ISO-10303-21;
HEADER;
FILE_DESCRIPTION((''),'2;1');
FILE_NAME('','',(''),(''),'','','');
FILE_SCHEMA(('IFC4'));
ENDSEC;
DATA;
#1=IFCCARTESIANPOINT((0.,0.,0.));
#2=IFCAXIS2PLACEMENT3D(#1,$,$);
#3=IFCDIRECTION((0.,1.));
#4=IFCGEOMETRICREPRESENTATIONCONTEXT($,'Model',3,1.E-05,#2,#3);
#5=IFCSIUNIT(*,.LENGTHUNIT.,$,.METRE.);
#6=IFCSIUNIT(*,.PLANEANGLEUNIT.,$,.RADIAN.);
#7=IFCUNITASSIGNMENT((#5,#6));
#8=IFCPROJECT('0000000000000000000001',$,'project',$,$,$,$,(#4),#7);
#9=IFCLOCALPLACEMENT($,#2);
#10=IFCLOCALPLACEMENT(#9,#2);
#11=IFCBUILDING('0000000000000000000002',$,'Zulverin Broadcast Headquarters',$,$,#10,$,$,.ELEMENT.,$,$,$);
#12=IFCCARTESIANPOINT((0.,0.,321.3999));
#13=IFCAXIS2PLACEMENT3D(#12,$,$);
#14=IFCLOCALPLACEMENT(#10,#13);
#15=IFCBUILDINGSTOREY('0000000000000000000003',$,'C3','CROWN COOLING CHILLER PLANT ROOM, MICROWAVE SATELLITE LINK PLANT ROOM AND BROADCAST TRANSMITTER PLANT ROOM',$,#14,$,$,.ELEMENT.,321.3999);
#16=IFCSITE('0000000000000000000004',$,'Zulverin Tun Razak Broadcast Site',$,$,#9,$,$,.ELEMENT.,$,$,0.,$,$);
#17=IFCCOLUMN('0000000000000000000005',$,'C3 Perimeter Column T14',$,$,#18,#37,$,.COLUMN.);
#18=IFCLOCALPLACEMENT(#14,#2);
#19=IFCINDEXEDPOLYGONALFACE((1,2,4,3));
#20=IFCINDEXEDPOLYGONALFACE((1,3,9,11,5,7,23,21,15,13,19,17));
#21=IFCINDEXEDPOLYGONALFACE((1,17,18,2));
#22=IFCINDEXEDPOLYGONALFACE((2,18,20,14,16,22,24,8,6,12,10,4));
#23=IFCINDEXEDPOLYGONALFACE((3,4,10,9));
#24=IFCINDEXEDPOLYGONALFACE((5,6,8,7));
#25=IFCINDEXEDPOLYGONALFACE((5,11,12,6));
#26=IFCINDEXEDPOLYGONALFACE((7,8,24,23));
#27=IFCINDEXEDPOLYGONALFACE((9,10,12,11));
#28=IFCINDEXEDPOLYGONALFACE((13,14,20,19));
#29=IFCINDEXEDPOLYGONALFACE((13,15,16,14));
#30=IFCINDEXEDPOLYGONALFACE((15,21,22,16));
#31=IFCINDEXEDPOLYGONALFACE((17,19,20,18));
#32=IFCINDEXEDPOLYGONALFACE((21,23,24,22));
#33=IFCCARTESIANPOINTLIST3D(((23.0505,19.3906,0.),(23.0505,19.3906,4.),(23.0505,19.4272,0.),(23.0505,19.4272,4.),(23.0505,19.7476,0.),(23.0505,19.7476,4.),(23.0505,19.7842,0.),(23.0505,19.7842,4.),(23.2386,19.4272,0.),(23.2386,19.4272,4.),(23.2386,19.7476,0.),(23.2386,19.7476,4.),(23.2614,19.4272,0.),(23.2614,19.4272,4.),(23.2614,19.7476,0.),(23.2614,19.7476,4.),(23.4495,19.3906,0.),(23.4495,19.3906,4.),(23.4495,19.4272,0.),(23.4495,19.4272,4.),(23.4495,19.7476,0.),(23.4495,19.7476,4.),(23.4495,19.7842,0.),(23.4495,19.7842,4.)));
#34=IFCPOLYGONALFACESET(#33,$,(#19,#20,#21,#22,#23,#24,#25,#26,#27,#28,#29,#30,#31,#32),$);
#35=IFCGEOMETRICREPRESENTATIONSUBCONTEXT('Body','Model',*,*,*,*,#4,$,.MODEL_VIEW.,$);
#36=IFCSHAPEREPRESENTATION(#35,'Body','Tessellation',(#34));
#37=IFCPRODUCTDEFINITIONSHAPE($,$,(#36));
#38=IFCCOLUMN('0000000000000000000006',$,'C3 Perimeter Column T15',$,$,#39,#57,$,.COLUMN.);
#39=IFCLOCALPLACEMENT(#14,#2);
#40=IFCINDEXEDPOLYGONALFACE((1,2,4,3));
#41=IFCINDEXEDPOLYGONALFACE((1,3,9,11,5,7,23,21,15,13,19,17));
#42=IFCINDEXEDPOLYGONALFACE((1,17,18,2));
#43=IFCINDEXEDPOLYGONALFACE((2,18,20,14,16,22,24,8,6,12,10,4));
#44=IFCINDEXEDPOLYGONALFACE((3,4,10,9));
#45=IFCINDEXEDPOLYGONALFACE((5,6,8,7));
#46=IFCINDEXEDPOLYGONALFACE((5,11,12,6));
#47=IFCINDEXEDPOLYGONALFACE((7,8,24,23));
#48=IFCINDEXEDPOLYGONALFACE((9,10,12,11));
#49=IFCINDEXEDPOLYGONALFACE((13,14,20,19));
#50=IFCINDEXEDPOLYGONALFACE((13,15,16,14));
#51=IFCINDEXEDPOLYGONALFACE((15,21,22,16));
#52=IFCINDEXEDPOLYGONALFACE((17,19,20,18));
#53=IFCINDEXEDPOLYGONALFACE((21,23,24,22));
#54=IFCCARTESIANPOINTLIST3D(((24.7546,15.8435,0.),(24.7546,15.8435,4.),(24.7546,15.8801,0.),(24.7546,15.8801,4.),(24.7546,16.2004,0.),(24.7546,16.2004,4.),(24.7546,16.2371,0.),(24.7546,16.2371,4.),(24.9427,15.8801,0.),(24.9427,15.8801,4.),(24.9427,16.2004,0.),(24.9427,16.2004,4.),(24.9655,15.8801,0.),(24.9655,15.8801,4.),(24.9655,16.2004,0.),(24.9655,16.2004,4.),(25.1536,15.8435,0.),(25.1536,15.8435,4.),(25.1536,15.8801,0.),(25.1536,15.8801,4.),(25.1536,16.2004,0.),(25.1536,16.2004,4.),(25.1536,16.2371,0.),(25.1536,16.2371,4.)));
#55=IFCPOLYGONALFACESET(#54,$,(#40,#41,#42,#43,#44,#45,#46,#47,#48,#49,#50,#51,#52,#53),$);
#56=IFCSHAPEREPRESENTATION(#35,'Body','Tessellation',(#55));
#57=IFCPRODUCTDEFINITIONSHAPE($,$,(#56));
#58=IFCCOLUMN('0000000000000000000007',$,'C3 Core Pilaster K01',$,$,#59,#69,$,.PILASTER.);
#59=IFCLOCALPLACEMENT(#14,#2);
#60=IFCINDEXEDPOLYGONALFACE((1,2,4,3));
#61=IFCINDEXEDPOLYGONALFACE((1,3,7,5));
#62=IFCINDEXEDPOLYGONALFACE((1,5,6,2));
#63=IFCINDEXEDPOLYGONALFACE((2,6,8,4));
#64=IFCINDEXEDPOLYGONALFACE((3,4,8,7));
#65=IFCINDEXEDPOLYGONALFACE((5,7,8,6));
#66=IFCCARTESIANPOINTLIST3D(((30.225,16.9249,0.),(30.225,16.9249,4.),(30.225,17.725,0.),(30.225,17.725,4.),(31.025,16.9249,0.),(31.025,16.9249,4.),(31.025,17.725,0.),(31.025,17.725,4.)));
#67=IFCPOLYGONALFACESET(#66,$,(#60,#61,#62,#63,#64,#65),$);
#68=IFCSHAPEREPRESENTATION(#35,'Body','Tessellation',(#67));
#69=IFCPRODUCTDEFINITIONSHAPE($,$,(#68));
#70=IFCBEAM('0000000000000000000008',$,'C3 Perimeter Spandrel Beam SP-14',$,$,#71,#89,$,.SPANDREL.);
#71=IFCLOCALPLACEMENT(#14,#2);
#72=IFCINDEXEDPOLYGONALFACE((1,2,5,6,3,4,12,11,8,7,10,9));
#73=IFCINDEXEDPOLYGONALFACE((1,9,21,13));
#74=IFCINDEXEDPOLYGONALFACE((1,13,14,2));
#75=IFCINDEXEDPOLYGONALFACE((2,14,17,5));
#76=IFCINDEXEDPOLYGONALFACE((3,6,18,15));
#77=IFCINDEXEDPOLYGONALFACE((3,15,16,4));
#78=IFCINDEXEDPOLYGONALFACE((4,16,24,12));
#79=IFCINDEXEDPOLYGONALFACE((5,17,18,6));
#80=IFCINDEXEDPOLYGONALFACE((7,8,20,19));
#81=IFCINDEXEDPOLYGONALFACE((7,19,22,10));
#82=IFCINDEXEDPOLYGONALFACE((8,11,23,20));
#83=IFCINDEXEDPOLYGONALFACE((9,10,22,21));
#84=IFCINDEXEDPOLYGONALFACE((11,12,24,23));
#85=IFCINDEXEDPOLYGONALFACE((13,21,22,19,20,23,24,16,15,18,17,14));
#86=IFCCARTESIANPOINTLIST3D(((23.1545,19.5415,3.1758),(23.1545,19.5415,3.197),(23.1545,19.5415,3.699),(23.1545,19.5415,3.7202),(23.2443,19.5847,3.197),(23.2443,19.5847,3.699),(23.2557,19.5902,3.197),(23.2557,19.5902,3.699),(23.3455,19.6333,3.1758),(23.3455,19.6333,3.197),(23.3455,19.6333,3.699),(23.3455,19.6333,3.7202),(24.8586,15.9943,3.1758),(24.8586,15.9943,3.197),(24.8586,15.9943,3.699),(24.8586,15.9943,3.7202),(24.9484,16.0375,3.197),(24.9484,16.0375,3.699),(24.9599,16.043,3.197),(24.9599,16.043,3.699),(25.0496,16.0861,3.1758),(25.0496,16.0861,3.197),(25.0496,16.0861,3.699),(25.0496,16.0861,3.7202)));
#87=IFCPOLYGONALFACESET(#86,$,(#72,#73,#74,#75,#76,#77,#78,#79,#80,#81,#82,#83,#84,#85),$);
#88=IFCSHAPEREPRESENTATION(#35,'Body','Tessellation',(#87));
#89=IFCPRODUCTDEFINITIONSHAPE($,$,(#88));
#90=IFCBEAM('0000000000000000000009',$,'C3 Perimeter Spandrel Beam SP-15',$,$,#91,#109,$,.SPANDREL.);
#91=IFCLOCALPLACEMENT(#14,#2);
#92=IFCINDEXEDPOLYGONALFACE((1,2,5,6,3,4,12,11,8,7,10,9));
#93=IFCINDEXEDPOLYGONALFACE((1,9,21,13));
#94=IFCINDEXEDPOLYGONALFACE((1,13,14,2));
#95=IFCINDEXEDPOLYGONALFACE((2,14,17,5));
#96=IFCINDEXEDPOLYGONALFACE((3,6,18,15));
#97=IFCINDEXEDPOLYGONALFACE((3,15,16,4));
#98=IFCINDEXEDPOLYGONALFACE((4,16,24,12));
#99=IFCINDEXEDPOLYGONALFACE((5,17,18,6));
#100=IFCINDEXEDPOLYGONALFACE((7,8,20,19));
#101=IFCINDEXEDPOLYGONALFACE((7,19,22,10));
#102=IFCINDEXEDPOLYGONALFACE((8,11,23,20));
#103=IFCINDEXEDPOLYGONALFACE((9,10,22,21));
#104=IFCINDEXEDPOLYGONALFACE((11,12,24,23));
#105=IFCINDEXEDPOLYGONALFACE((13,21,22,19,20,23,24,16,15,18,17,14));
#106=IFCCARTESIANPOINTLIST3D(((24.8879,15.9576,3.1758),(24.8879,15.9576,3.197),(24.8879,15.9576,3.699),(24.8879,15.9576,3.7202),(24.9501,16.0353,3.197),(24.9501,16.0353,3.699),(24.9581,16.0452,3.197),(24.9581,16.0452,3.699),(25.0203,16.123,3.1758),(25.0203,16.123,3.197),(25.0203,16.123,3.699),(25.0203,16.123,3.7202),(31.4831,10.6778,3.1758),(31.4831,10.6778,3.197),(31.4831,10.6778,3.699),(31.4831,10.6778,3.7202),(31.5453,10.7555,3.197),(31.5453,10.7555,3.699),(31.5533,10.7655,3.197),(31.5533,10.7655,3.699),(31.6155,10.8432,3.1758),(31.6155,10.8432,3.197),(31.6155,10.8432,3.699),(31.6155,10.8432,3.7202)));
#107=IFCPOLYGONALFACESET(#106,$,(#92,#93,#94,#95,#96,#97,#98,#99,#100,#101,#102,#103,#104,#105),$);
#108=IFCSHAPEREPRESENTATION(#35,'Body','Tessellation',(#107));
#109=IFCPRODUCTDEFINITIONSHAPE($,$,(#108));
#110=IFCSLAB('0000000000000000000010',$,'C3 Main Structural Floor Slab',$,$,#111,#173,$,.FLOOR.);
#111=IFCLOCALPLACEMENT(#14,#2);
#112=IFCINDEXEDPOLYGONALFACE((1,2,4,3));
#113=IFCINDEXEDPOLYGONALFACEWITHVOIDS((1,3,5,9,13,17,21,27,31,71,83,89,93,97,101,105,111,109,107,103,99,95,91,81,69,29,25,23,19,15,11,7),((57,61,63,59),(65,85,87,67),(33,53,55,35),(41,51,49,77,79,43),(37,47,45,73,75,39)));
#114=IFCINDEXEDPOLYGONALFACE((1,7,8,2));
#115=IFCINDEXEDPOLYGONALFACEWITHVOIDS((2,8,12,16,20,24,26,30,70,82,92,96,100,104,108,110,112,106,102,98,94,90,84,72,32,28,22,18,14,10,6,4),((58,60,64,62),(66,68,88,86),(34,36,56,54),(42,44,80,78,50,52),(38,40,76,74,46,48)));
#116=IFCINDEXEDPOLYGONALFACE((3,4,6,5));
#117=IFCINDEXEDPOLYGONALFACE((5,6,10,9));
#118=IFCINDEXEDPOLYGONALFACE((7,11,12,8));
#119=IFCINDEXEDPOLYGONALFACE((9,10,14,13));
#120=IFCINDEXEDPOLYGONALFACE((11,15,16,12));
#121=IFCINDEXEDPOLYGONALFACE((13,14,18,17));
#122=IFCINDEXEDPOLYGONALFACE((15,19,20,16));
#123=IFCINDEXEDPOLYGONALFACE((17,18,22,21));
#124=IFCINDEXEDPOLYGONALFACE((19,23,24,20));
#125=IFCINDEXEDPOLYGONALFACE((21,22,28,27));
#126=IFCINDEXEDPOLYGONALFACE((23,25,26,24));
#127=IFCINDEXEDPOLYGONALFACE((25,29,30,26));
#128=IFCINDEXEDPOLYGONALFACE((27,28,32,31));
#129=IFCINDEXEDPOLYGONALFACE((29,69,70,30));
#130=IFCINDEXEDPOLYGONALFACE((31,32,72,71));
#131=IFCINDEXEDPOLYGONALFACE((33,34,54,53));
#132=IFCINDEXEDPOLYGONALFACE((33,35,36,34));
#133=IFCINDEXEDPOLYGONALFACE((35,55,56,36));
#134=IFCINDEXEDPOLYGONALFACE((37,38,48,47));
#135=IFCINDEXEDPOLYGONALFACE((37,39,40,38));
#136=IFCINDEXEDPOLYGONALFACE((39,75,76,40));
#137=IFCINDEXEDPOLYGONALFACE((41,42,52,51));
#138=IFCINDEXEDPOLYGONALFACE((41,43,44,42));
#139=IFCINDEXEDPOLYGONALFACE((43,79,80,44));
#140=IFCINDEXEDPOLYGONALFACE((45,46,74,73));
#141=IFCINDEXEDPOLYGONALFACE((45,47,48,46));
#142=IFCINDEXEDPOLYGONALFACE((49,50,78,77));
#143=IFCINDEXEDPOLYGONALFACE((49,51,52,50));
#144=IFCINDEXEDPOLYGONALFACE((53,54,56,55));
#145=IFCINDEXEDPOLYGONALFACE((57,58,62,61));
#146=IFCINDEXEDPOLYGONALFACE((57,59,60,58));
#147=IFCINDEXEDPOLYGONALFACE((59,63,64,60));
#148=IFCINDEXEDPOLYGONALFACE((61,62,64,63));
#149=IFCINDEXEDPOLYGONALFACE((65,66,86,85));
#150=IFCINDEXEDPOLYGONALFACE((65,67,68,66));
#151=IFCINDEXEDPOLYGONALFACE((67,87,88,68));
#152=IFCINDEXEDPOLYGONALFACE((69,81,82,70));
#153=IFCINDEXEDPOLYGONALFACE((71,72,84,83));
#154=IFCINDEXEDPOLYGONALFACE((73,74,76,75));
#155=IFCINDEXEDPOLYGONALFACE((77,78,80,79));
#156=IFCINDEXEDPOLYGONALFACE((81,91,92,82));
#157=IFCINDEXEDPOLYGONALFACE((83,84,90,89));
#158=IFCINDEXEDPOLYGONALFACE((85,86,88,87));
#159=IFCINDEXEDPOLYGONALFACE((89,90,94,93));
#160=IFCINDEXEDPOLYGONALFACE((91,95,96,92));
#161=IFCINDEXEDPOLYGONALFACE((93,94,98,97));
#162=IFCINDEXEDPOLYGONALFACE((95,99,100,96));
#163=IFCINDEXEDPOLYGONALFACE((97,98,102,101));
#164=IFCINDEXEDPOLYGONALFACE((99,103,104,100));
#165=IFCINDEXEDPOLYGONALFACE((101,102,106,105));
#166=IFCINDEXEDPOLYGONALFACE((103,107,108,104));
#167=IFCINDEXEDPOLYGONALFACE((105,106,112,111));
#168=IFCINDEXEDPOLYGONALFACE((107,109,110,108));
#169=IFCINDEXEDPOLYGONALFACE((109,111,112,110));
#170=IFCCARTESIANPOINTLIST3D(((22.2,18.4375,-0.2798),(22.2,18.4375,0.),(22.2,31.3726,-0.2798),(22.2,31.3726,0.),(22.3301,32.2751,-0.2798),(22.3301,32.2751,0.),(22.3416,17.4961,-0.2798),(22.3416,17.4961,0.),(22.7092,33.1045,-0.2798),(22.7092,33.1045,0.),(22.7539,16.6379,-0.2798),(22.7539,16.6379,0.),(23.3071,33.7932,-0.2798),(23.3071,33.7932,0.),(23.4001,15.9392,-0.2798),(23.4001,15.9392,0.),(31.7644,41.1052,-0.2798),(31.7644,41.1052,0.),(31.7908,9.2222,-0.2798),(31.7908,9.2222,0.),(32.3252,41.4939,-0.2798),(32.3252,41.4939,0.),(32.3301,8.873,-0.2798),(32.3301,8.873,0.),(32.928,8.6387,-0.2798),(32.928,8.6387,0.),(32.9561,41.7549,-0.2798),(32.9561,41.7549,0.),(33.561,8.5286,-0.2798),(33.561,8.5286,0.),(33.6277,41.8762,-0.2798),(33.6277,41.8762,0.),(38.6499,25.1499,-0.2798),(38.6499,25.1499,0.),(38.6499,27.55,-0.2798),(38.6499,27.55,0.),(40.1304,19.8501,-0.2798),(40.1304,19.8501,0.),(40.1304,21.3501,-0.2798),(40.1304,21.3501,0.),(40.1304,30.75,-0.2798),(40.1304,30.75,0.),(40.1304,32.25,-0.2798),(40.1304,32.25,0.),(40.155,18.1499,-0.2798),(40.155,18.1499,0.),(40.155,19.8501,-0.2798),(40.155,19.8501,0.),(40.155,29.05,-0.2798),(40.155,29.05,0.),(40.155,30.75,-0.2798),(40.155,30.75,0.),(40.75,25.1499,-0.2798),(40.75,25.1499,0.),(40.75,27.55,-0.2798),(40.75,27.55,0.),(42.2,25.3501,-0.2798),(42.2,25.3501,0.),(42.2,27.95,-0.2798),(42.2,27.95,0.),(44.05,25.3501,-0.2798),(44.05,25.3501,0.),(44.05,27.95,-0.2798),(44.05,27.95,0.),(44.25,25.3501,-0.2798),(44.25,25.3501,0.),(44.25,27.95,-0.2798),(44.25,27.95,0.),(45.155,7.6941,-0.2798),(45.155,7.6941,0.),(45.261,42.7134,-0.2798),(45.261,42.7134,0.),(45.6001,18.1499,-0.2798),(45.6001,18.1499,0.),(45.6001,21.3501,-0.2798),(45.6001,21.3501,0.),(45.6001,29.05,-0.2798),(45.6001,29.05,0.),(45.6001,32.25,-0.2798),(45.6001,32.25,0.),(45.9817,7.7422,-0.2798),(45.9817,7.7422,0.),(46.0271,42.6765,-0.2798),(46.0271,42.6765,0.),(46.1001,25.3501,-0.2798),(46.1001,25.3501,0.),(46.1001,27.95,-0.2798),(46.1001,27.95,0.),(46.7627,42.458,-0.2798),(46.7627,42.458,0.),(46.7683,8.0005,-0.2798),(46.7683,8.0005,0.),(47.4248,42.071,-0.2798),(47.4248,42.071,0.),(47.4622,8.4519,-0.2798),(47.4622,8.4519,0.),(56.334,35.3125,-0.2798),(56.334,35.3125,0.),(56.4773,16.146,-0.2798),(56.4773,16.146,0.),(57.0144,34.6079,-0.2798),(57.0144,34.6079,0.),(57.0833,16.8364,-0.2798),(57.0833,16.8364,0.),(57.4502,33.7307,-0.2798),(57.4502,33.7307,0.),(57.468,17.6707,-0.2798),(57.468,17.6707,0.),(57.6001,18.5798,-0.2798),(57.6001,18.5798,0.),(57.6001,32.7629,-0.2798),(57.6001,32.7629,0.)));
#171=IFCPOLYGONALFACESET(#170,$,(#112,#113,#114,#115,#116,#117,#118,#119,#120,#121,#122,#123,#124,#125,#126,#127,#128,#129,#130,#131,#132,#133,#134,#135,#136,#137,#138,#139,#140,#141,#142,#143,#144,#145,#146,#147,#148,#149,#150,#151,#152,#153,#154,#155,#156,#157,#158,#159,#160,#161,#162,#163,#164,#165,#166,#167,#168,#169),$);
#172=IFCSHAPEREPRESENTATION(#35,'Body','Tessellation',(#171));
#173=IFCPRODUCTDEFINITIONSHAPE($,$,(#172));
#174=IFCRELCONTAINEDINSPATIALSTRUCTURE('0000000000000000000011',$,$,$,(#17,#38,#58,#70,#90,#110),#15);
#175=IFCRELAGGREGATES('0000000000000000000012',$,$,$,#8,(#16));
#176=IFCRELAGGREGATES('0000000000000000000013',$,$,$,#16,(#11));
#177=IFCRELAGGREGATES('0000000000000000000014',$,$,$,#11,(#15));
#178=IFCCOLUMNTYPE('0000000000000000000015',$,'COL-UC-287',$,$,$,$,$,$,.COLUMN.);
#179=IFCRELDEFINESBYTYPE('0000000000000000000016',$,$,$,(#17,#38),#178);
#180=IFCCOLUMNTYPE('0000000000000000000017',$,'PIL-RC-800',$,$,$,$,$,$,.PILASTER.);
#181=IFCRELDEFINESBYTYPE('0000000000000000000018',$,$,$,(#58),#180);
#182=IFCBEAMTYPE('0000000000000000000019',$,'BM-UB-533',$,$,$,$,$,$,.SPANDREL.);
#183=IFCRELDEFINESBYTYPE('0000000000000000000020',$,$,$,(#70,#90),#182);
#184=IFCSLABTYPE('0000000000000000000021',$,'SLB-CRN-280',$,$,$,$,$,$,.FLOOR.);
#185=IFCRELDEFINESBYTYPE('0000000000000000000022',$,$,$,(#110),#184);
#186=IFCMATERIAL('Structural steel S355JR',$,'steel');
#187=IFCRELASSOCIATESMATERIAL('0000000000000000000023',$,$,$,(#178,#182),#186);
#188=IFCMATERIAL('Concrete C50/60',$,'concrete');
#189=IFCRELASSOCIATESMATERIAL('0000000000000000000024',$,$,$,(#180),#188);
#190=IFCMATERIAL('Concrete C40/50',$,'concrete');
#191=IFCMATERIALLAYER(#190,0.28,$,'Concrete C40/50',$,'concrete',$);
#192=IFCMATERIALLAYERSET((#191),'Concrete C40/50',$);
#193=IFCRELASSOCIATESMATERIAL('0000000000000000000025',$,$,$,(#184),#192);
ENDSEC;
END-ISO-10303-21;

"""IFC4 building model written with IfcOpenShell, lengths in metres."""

from ifc_helpers import new_model, si_unit, direction, frame, origin, origin_2d, place, context, subcontext, project, spatial, polyline, rectangle, i_section, outline, extrude, material, layer, layer_set, material_profile, profile_set, type_object, element, save


model = new_model("IFC4")

# Units and contexts
model_context = context("Model", 3, precision=1e-05, world=origin(), true_north=direction((0.0, 1.0)))
body_context = subcontext(model_context, "Body", "Model", "MODEL_VIEW")
ifc_project = project(units=[si_unit("LENGTHUNIT", "METRE"), si_unit("PLANEANGLEUNIT", "RADIAN")], contexts=[model_context])

# Site, building, storey
site_placement = place(None, origin())
site = spatial("IfcSite", under=ifc_project, at=site_placement, Name="Zulverin Tun Razak Broadcast Site", CompositionType="ELEMENT", RefElevation=0.0)
building_placement = place(site_placement, origin())
building = spatial("IfcBuilding", under=site, at=building_placement, Name="Zulverin Broadcast Headquarters", CompositionType="ELEMENT")
storey_placement = place(building_placement, frame((0.0, 0.0, 321.3999)))
storey = spatial("IfcBuildingStorey", under=building, at=storey_placement, Name="C3", Description="CROWN COOLING CHILLER PLANT ROOM, MICROWAVE SATELLITE LINK PLANT ROOM AND BROADCAST TRANSMITTER PLANT ROOM", CompositionType="ELEMENT", Elevation=321.3999)

# Columns
ifc_material_1 = material(Name="Structural steel S355JR", Category="steel")
ifc_material_profile_1 = material_profile(ifc_material_1, i_section(OverallWidth=0.3989, OverallDepth=0.3936, WebThickness=0.0227, FlangeThickness=0.0366, at=origin_2d()), Name="Structural steel S355JR", Category="steel")
ifc_profile_set_1 = profile_set([ifc_material_profile_1], Name="Structural steel S355JR")
column_type_1 = type_object("IfcColumnType", Name="COL-UC-287", PredefinedType="COLUMN", material=ifc_profile_set_1)
for number, where, z_axis, x_axis, name in (
    (1, (23.25, 19.5874, 0.0), (0.0, 0.0, 1.0), (1.0, 0.0, 0.0), "C3 Perimeter Column T14"),
    (2, (24.9541, 16.0403, 0.0), (0.0, 0.0, 1.0), (1.0, 0.0, 0.0), "C3 Perimeter Column T15"),
):
    element("IfcColumn", number, at=place(storey_placement, frame(where, z_axis=z_axis, x_axis=x_axis)), inside=storey, type_object=column_type_1, Name=name, PredefinedType="COLUMN", context=body_context, shape_type="SweptSolid", body=[
        extrude(i_section(OverallWidth=0.3989, OverallDepth=0.3936, WebThickness=0.0227, FlangeThickness=0.0366, at=origin_2d()), origin(), (0.0, 0.0, 1.0), 4.0),
    ])
ifc_material_2 = material(Name="Concrete C50/60", Category="concrete")
ifc_material_profile_2 = material_profile(ifc_material_2, rectangle(XDim=0.8, YDim=0.8, at=origin_2d()), Name="Concrete C50/60", Category="concrete")
ifc_profile_set_2 = profile_set([ifc_material_profile_2], Name="Concrete C50/60")
column_type_2 = type_object("IfcColumnType", Name="PIL-RC-800", PredefinedType="PILASTER", material=ifc_profile_set_2)
column_placement = place(storey_placement, frame((30.625, 17.325, 0.0), z_axis=(0.0, 0.0, 1.0), x_axis=(1.0, 0.0, 0.0)))
element("IfcColumn", 3, at=column_placement, inside=storey, type_object=column_type_2, Name="C3 Core Pilaster K01", PredefinedType="PILASTER", context=body_context, shape_type="SweptSolid", body=[
    extrude(rectangle(XDim=0.8, YDim=0.8, at=origin_2d()), origin(), (0.0, 0.0, 1.0), 4.0),
])

# Beams
ifc_material_profile_3 = material_profile(ifc_material_1, i_section(OverallWidth=0.2119, OverallDepth=0.5444, WebThickness=0.0127, FlangeThickness=0.0212, at=origin_2d()), Name="Structural steel S355JR", Category="steel")
ifc_profile_set_3 = profile_set([ifc_material_profile_3], Name="Structural steel S355JR")
beam_type = type_object("IfcBeamType", Name="BM-UB-533", PredefinedType="SPANDREL", material=ifc_profile_set_3)
beam_1_placement = place(storey_placement, frame((23.25, 19.5874, 3.448), z_axis=(0.433038, -0.901376, 0.0), x_axis=(0.901376, 0.433038, 0.0)))
element("IfcBeam", 4, at=beam_1_placement, inside=storey, type_object=beam_type, Name="C3 Perimeter Spandrel Beam SP-14", PredefinedType="SPANDREL", context=body_context, shape_type="SweptSolid", body=[
    extrude(i_section(OverallWidth=0.2119, OverallDepth=0.5444, WebThickness=0.0127, FlangeThickness=0.0212, at=origin_2d()), origin(), (0.0, 0.0, 1.0), 3.9353),
])
beam_2_placement = place(storey_placement, frame((24.9541, 16.0403, 3.448), z_axis=(0.78066, -0.624956, 0.0), x_axis=(0.624956, 0.78066, 0.0)))
element("IfcBeam", 5, at=beam_2_placement, inside=storey, type_object=beam_type, Name="C3 Perimeter Spandrel Beam SP-15", PredefinedType="SPANDREL", context=body_context, shape_type="SweptSolid", body=[
    extrude(i_section(OverallWidth=0.2119, OverallDepth=0.5444, WebThickness=0.0127, FlangeThickness=0.0212, at=origin_2d()), origin(), (0.0, 0.0, 1.0), 8.4482),
])

# Slab
ifc_material_3 = material(Name="Concrete C40/50", Category="concrete")
ifc_layer_1 = layer(ifc_material_3, 0.28, Name="Concrete C40/50", Category="concrete")
ifc_layer_set_1 = layer_set([ifc_layer_1], Name="Concrete C40/50")
slab_type_1 = type_object("IfcSlabType", Name="SLB-CRN-280", PredefinedType="FLOOR", material=ifc_layer_set_1)
slab_1_placement = place(storey_placement, frame((0.0, 0.0, -0.2798)))
element("IfcSlab", 6, at=slab_1_placement, inside=storey, type_object=slab_type_1, Name="C3 Main Structural Floor Slab", PredefinedType="FLOOR", context=body_context, shape_type="SweptSolid", body=[
    extrude(outline(polyline([(31.7908, 9.2222), (32.3301, 8.873), (32.928, 8.6387), (33.561, 8.5286), (45.155, 7.6941), (45.9817, 7.7422), (46.7683, 8.0005), (47.4622, 8.4519), (56.4773, 16.146), (57.0833, 16.8364), (57.468, 17.6707), (57.6001, 18.5798), (57.6001, 32.7629), (57.4502, 33.7307), (57.0144, 34.6079), (56.334, 35.3125), (47.4248, 42.071), (46.7627, 42.458), (46.0271, 42.6765), (45.261, 42.7134), (33.6277, 41.8762), (32.9561, 41.7549), (32.3252, 41.4939), (31.7644, 41.1052), (23.3071, 33.7932), (22.7092, 33.1045), (22.3301, 32.2751), (22.2, 31.3726), (22.2, 18.4375), (22.3416, 17.4961), (22.7539, 16.6379), (23.4001, 15.9392), (31.7908, 9.2222)]), holes=[polyline([(40.155, 30.75), (40.1304, 30.75), (40.1304, 32.25), (45.6001, 32.25), (45.6001, 29.05), (40.155, 29.05), (40.155, 30.75)]), polyline([(40.155, 19.8501), (40.1304, 19.8501), (40.1304, 21.3501), (45.6001, 21.3501), (45.6001, 18.1499), (40.155, 18.1499), (40.155, 19.8501)]), polyline([(42.2, 25.3501), (44.05, 25.3501), (44.05, 27.95), (42.2, 27.95), (42.2, 25.3501)]), polyline([(44.25, 25.3501), (46.1001, 25.3501), (46.1001, 27.95), (44.25, 27.95), (44.25, 25.3501)]), polyline([(38.6499, 25.1499), (40.75, 25.1499), (40.75, 27.55), (38.6499, 27.55), (38.6499, 25.1499)])]), origin(), (0.0, 0.0, 1.0), 0.2798),
])

save(model, "model.ifc")
